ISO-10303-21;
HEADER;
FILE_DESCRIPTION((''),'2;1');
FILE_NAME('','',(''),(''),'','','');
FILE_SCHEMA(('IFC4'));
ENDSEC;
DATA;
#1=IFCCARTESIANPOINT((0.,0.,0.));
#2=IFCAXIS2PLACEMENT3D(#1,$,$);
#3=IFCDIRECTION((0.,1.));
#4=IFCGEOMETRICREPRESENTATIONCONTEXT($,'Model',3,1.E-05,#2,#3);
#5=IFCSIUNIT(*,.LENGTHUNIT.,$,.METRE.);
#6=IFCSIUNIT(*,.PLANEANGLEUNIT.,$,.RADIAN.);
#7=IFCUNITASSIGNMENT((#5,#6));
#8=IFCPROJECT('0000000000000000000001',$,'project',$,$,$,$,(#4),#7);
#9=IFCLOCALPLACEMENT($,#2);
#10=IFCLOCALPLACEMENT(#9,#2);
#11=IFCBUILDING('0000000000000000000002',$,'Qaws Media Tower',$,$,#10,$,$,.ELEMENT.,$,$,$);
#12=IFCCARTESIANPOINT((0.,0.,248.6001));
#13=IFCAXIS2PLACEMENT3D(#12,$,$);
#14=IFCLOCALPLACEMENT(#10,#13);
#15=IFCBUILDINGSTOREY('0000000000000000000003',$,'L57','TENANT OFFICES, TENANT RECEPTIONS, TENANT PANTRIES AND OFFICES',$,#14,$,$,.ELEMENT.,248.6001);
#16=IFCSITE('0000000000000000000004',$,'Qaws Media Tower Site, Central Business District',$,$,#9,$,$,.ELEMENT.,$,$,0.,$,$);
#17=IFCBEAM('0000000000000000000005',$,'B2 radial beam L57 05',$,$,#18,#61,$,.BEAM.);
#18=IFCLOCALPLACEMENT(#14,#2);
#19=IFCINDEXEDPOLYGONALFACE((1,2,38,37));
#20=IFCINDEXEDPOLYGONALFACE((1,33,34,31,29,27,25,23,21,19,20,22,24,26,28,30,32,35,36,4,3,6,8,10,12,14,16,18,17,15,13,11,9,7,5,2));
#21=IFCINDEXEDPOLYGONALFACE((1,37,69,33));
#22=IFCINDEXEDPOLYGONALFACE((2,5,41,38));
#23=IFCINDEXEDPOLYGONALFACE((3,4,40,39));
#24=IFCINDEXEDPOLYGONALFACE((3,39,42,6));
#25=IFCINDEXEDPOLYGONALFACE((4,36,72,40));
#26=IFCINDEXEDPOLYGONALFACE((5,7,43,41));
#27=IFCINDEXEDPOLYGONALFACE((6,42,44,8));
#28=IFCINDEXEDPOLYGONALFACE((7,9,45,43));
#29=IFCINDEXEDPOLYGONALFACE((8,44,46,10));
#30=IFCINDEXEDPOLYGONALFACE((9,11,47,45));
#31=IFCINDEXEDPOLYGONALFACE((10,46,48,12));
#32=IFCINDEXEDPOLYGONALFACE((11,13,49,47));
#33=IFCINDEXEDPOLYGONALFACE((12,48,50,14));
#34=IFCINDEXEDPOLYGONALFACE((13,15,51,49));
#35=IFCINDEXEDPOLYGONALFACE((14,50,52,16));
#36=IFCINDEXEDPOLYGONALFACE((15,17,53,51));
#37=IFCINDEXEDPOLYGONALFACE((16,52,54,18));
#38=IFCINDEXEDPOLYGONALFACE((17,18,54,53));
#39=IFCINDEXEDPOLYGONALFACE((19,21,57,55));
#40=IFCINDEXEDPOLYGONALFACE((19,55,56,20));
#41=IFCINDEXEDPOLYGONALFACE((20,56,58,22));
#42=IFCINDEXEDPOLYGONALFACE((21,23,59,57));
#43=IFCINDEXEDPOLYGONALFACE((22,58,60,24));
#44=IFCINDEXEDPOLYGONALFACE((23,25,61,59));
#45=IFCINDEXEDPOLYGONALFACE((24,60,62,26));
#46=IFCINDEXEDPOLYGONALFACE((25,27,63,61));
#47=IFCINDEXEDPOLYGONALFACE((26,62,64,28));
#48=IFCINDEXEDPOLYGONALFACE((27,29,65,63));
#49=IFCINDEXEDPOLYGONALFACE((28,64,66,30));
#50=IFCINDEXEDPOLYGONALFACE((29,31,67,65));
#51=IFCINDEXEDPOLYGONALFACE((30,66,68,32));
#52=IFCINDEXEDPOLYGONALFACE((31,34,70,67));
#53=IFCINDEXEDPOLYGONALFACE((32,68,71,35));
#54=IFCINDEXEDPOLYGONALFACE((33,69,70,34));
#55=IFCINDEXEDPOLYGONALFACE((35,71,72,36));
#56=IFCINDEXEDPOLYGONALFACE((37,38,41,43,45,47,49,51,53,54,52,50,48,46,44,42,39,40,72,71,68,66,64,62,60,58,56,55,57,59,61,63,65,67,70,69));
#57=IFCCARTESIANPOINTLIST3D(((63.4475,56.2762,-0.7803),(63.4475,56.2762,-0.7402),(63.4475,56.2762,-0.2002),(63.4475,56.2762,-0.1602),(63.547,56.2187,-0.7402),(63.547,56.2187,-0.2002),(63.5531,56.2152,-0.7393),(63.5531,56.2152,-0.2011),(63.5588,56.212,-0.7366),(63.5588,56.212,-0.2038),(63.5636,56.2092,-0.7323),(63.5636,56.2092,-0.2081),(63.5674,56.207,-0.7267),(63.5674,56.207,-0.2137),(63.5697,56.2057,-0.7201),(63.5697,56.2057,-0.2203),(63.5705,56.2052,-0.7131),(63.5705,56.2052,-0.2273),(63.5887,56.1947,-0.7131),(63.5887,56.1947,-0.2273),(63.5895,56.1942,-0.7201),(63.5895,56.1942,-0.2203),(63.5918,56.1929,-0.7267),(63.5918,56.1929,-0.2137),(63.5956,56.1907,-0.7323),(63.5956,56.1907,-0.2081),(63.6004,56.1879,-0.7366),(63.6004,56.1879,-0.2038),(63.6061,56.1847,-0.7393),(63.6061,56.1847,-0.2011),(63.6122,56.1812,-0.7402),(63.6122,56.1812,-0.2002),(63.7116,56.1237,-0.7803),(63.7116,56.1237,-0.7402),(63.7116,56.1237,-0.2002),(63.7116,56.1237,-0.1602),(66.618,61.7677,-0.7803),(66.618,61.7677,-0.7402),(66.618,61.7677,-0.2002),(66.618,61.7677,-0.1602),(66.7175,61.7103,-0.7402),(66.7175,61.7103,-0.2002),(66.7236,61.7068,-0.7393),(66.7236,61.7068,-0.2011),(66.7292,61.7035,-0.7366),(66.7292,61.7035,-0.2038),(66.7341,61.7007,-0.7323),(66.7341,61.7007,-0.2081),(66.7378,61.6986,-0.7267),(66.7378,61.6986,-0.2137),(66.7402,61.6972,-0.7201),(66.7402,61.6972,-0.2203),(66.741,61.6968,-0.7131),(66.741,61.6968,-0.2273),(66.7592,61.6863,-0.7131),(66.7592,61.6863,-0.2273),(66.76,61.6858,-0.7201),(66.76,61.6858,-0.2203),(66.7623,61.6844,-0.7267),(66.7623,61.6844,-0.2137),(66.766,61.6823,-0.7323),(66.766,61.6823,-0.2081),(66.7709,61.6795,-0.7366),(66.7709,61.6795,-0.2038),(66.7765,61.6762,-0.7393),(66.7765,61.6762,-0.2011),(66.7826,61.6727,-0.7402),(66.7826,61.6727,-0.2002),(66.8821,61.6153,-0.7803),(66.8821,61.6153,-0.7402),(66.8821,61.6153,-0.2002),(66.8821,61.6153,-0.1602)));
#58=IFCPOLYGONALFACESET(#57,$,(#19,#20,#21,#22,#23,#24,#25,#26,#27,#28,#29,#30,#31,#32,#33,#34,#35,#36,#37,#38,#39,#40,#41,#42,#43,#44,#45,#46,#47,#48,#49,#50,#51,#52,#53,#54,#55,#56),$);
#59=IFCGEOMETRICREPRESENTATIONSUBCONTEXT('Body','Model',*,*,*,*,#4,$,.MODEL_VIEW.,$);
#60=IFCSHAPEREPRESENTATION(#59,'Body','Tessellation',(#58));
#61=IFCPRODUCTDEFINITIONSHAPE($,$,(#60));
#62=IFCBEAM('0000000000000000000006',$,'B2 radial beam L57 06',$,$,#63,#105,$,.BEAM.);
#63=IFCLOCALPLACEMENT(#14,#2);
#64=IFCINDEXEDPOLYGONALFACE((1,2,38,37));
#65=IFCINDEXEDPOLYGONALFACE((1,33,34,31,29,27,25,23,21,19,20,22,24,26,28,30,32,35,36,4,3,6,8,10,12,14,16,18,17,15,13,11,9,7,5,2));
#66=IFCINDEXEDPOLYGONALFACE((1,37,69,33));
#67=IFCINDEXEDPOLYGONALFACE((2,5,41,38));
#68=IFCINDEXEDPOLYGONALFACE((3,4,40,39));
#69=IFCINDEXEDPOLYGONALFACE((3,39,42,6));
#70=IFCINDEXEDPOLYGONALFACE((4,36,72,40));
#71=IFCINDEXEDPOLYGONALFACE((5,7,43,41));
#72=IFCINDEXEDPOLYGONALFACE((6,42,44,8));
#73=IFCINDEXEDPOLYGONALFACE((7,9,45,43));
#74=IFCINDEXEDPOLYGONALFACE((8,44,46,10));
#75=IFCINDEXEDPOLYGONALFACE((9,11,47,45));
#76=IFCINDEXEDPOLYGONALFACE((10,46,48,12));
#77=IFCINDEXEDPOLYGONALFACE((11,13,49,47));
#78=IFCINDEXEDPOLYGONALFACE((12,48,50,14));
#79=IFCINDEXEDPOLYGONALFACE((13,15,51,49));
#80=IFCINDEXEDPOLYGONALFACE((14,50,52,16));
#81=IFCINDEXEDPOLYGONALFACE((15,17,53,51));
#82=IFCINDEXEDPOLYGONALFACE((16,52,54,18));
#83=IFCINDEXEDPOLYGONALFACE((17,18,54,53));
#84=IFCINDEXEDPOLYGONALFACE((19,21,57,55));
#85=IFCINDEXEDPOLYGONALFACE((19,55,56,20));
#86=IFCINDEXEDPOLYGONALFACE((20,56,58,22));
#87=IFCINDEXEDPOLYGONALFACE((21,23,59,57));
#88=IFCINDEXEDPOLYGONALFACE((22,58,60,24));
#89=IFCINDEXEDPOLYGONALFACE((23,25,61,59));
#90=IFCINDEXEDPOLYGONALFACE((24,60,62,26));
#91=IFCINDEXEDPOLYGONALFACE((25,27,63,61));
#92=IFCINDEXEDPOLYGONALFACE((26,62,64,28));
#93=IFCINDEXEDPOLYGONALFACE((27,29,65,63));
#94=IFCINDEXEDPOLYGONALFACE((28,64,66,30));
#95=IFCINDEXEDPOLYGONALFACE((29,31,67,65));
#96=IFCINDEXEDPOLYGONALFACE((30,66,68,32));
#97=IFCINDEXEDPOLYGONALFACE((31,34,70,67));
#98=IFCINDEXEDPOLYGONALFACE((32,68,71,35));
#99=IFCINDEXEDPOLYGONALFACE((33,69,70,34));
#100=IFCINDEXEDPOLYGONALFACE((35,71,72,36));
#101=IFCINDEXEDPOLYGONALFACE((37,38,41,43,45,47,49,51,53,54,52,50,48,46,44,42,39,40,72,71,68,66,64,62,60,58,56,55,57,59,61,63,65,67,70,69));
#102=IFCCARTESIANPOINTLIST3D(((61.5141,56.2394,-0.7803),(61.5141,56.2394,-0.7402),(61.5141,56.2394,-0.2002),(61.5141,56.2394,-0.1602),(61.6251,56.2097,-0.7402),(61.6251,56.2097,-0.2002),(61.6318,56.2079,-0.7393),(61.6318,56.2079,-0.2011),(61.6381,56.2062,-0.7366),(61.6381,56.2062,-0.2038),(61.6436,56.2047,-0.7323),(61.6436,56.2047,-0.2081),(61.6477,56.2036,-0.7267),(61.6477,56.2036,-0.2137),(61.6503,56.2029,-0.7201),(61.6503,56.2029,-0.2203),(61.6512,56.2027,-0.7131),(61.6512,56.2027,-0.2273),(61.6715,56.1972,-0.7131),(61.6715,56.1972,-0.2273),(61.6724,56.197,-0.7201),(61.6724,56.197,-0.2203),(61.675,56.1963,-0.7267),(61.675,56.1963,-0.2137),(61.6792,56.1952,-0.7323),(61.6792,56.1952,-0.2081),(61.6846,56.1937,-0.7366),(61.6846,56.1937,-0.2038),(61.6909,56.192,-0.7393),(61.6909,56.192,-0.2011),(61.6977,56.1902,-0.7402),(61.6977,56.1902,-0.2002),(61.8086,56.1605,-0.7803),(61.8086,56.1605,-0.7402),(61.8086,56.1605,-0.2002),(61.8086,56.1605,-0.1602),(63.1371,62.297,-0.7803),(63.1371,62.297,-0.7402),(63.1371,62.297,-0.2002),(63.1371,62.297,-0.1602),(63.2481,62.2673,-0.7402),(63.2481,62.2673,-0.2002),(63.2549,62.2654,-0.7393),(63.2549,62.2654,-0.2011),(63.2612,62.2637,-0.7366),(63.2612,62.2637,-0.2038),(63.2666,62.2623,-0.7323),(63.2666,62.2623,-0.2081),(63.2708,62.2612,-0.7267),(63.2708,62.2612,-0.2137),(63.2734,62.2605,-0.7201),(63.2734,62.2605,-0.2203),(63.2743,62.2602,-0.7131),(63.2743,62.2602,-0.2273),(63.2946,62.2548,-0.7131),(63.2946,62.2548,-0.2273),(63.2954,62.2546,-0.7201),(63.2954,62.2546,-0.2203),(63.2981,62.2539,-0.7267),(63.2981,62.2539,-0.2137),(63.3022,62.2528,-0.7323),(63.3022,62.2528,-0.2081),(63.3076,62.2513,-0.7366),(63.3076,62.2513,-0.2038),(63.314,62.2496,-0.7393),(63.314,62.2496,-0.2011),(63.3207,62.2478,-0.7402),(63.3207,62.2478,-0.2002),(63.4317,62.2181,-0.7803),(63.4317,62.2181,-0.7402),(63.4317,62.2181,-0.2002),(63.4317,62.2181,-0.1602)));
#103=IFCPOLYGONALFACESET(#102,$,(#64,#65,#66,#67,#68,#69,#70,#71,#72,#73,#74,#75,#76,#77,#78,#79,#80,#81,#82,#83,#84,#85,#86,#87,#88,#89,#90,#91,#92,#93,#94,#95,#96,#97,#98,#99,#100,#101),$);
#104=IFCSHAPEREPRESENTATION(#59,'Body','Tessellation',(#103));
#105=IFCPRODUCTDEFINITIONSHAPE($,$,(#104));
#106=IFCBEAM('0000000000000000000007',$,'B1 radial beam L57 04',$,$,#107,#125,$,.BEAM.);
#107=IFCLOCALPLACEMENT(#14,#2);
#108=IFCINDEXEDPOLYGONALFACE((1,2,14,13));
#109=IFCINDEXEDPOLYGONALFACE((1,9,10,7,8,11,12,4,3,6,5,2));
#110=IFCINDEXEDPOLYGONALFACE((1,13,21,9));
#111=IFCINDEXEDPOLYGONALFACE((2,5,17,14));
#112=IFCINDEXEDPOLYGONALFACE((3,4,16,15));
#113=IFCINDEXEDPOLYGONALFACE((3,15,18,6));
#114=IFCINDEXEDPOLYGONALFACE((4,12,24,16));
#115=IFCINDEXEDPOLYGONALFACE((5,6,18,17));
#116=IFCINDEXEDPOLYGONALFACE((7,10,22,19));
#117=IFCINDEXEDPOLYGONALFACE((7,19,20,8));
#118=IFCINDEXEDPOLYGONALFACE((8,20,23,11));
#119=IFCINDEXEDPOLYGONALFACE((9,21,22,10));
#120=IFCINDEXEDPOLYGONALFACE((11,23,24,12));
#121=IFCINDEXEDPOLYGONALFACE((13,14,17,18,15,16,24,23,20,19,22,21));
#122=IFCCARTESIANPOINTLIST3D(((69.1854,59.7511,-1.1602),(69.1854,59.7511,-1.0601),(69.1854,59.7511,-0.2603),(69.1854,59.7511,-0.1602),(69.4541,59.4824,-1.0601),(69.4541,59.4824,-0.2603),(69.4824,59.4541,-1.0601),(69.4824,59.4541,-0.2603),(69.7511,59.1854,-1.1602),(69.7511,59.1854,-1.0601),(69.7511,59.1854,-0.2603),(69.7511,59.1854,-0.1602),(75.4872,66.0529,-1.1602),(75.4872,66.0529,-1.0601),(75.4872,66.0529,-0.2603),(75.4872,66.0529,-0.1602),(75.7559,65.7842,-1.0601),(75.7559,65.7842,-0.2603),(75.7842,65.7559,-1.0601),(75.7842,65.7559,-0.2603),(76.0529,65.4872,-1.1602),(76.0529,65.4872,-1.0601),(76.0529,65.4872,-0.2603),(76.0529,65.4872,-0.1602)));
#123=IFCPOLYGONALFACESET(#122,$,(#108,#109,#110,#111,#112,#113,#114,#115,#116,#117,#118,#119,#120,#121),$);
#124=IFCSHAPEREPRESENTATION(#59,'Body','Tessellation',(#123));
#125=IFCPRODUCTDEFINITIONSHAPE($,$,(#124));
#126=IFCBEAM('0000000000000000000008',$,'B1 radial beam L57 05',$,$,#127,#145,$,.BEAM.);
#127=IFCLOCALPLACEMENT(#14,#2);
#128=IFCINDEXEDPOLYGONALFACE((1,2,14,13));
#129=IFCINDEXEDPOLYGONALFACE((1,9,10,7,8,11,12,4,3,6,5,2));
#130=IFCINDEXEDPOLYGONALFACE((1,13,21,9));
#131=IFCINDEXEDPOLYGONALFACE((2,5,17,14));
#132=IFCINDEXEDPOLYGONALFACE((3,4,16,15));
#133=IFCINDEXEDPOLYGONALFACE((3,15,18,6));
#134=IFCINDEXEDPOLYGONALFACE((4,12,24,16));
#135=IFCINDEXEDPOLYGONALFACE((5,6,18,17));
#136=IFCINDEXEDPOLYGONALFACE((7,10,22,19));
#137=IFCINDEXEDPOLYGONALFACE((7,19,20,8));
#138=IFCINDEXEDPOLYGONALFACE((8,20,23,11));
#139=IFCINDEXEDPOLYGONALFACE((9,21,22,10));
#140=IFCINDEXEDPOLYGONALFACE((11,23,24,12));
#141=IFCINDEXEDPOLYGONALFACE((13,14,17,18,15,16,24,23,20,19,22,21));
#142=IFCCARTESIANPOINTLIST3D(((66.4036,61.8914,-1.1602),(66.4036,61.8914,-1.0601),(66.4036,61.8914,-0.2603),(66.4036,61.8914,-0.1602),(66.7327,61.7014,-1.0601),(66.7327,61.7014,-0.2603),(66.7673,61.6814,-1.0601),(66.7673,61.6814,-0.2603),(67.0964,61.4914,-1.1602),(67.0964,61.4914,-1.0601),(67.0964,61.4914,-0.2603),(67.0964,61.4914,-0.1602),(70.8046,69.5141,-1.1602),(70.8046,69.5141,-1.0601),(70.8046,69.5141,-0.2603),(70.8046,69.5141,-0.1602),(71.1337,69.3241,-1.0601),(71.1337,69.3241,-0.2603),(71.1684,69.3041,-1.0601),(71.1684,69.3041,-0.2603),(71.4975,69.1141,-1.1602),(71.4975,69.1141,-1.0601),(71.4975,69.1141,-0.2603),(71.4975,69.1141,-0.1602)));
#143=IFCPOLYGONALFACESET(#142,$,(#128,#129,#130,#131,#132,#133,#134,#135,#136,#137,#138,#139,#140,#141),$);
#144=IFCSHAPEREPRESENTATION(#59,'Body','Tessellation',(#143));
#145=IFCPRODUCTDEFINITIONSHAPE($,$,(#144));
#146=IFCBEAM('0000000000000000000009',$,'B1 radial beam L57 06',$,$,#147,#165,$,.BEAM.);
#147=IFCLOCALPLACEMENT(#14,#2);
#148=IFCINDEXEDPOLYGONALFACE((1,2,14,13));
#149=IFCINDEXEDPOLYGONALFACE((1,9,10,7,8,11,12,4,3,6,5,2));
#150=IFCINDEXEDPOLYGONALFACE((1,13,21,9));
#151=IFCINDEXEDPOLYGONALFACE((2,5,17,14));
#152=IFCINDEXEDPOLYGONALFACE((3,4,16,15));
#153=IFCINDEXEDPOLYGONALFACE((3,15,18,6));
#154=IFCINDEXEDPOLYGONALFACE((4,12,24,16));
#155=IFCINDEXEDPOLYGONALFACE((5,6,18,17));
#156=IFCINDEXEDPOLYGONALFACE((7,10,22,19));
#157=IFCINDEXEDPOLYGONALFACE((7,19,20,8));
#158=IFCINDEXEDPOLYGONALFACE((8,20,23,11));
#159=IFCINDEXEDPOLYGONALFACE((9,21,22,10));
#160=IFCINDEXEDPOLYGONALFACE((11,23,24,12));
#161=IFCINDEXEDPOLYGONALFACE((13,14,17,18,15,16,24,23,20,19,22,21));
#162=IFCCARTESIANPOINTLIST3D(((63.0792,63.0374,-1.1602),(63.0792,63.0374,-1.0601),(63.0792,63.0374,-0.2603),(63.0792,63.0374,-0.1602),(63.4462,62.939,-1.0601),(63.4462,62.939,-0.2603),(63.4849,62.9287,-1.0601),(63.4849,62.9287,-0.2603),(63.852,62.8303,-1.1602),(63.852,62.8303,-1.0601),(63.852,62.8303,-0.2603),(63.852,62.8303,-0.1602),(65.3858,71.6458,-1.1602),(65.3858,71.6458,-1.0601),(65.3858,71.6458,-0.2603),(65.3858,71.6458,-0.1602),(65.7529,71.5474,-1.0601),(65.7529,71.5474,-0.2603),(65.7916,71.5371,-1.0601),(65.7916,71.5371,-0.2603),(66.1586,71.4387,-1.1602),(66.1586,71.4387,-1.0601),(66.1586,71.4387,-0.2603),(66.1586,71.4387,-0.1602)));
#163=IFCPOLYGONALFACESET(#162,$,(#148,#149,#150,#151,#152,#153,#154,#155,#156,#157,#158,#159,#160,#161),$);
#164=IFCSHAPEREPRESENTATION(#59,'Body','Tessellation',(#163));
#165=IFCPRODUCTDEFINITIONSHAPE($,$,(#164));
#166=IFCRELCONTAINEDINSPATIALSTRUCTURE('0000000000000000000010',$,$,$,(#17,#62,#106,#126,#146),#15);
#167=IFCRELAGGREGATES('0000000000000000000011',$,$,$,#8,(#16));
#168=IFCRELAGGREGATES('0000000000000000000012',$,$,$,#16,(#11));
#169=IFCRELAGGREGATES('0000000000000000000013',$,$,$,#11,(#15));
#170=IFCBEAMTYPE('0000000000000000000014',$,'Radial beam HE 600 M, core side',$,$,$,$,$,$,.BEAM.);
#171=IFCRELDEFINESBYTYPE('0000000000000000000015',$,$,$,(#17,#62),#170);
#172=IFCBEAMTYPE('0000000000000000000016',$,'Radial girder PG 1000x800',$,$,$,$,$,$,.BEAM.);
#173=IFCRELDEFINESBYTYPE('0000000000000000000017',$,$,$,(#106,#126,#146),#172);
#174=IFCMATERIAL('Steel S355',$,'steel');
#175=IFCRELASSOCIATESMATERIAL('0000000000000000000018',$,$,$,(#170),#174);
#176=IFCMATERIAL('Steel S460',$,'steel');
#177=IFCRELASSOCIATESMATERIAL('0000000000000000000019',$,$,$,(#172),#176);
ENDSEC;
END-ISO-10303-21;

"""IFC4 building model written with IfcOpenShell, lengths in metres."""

from ifc_helpers import new_model, si_unit, direction, frame, origin, origin_2d, place, context, subcontext, project, spatial, i_section, extrude, material, material_profile, profile_set, type_object, element, save


model = new_model("IFC4")

# Units and contexts
model_context = context("Model", 3, precision=1e-05, world=origin(), true_north=direction((0.0, 1.0)))
body_context = subcontext(model_context, "Body", "Model", "MODEL_VIEW")
ifc_project = project(units=[si_unit("LENGTHUNIT", "METRE"), si_unit("PLANEANGLEUNIT", "RADIAN")], contexts=[model_context])

# Site, building, storey
site_placement = place(None, origin())
site = spatial("IfcSite", under=ifc_project, at=site_placement, Name="Qaws Media Tower Site, Central Business District", CompositionType="ELEMENT", RefElevation=0.0)
building_placement = place(site_placement, origin())
building = spatial("IfcBuilding", under=site, at=building_placement, Name="Qaws Media Tower", CompositionType="ELEMENT")
storey_placement = place(building_placement, frame((0.0, 0.0, 248.6001)))
storey = spatial("IfcBuildingStorey", under=building, at=storey_placement, Name="L57", Description="TENANT OFFICES, TENANT RECEPTIONS, TENANT PANTRIES AND OFFICES", CompositionType="ELEMENT", Elevation=248.6001)

# Beams
ifc_material_1 = material(Name="Steel S355", Category="steel")
ifc_material_profile_1 = material_profile(ifc_material_1, i_section(OverallWidth=0.3049, OverallDepth=0.6201, WebThickness=0.021, FlangeThickness=0.04, FilletRadius=0.0271, at=origin_2d()), Name="HE 600 M")
ifc_profile_set_1 = profile_set([ifc_material_profile_1], Name="Steel S355")
beam_type_1 = type_object("IfcBeamType", Name="Radial beam HE 600 M, core side", PredefinedType="BEAM", material=ifc_profile_set_1)
beam_1_placement = place(storey_placement, frame((63.5796, 56.2, -0.4702), z_axis=(0.49999, 0.866031, 0.0), x_axis=(-0.866031, 0.49999, 0.0)))
element("IfcBeam", 1, at=beam_1_placement, inside=storey, type_object=beam_type_1, Name="B2 radial beam L57 05", PredefinedType="BEAM", context=body_context, shape_type="SweptSolid", body=[
    extrude(i_section(OverallWidth=0.3049, OverallDepth=0.6201, WebThickness=0.021, FlangeThickness=0.04, FilletRadius=0.0271, at=origin_2d()), origin(), (0.0, 0.0, 1.0), 6.3411),
])
beam_2_placement = place(storey_placement, frame((61.6614, 56.2, -0.4702), z_axis=(0.258806, 0.965929, 0.0), x_axis=(-0.965929, 0.258806, 0.0)))
element("IfcBeam", 2, at=beam_2_placement, inside=storey, type_object=beam_type_1, Name="B2 radial beam L57 06", PredefinedType="BEAM", context=body_context, shape_type="SweptSolid", body=[
    extrude(i_section(OverallWidth=0.3049, OverallDepth=0.6201, WebThickness=0.021, FlangeThickness=0.04, FilletRadius=0.0271, at=origin_2d()), origin(), (0.0, 0.0, 1.0), 6.2712),
])
ifc_material_2 = material(Name="Steel S460", Category="steel")
ifc_material_profile_2 = material_profile(ifc_material_2, i_section(OverallWidth=0.8, OverallDepth=1.0, WebThickness=0.04, FlangeThickness=0.1001, at=origin_2d()), Name="PG 1000x800")
ifc_profile_set_2 = profile_set([ifc_material_profile_2], Name="Steel S460")
beam_type_2 = type_object("IfcBeamType", Name="Radial girder PG 1000x800", PredefinedType="BEAM", material=ifc_profile_set_2)
beam_3_placement = place(storey_placement, frame((69.4683, 59.4683, -0.6602), z_axis=(0.707107, 0.707107, 0.0), x_axis=(-0.707107, 0.707107, 0.0)))
element("IfcBeam", 3, at=beam_3_placement, inside=storey, type_object=beam_type_2, Name="B1 radial beam L57 04", PredefinedType="BEAM", context=body_context, shape_type="SweptSolid", body=[
    extrude(i_section(OverallWidth=0.8, OverallDepth=1.0, WebThickness=0.04, FlangeThickness=0.1001, at=origin_2d()), origin(), (0.0, 0.0, 1.0), 8.9121),
])
beam_4_placement = place(storey_placement, frame((66.75, 61.6914, -0.6602), z_axis=(0.500008, 0.866021, 0.0), x_axis=(-0.866021, 0.500008, 0.0)))
element("IfcBeam", 4, at=beam_4_placement, inside=storey, type_object=beam_type_2, Name="B1 radial beam L57 05", PredefinedType="BEAM", context=body_context, shape_type="SweptSolid", body=[
    extrude(i_section(OverallWidth=0.8, OverallDepth=1.0, WebThickness=0.04, FlangeThickness=0.1001, at=origin_2d()), origin(), (0.0, 0.0, 1.0), 8.802),
])
beam_5_placement = place(storey_placement, frame((63.4656, 62.9338, -0.6602), z_axis=(0.258822, 0.965925, 0.0), x_axis=(-0.965925, 0.258822, 0.0)))
element("IfcBeam", 5, at=beam_5_placement, inside=storey, type_object=beam_type_2, Name="B1 radial beam L57 06", PredefinedType="BEAM", context=body_context, shape_type="SweptSolid", body=[
    extrude(i_section(OverallWidth=0.8, OverallDepth=1.0, WebThickness=0.04, FlangeThickness=0.1001, at=origin_2d()), origin(), (0.0, 0.0, 1.0), 8.9121),
])

save(model, "model.ifc")
